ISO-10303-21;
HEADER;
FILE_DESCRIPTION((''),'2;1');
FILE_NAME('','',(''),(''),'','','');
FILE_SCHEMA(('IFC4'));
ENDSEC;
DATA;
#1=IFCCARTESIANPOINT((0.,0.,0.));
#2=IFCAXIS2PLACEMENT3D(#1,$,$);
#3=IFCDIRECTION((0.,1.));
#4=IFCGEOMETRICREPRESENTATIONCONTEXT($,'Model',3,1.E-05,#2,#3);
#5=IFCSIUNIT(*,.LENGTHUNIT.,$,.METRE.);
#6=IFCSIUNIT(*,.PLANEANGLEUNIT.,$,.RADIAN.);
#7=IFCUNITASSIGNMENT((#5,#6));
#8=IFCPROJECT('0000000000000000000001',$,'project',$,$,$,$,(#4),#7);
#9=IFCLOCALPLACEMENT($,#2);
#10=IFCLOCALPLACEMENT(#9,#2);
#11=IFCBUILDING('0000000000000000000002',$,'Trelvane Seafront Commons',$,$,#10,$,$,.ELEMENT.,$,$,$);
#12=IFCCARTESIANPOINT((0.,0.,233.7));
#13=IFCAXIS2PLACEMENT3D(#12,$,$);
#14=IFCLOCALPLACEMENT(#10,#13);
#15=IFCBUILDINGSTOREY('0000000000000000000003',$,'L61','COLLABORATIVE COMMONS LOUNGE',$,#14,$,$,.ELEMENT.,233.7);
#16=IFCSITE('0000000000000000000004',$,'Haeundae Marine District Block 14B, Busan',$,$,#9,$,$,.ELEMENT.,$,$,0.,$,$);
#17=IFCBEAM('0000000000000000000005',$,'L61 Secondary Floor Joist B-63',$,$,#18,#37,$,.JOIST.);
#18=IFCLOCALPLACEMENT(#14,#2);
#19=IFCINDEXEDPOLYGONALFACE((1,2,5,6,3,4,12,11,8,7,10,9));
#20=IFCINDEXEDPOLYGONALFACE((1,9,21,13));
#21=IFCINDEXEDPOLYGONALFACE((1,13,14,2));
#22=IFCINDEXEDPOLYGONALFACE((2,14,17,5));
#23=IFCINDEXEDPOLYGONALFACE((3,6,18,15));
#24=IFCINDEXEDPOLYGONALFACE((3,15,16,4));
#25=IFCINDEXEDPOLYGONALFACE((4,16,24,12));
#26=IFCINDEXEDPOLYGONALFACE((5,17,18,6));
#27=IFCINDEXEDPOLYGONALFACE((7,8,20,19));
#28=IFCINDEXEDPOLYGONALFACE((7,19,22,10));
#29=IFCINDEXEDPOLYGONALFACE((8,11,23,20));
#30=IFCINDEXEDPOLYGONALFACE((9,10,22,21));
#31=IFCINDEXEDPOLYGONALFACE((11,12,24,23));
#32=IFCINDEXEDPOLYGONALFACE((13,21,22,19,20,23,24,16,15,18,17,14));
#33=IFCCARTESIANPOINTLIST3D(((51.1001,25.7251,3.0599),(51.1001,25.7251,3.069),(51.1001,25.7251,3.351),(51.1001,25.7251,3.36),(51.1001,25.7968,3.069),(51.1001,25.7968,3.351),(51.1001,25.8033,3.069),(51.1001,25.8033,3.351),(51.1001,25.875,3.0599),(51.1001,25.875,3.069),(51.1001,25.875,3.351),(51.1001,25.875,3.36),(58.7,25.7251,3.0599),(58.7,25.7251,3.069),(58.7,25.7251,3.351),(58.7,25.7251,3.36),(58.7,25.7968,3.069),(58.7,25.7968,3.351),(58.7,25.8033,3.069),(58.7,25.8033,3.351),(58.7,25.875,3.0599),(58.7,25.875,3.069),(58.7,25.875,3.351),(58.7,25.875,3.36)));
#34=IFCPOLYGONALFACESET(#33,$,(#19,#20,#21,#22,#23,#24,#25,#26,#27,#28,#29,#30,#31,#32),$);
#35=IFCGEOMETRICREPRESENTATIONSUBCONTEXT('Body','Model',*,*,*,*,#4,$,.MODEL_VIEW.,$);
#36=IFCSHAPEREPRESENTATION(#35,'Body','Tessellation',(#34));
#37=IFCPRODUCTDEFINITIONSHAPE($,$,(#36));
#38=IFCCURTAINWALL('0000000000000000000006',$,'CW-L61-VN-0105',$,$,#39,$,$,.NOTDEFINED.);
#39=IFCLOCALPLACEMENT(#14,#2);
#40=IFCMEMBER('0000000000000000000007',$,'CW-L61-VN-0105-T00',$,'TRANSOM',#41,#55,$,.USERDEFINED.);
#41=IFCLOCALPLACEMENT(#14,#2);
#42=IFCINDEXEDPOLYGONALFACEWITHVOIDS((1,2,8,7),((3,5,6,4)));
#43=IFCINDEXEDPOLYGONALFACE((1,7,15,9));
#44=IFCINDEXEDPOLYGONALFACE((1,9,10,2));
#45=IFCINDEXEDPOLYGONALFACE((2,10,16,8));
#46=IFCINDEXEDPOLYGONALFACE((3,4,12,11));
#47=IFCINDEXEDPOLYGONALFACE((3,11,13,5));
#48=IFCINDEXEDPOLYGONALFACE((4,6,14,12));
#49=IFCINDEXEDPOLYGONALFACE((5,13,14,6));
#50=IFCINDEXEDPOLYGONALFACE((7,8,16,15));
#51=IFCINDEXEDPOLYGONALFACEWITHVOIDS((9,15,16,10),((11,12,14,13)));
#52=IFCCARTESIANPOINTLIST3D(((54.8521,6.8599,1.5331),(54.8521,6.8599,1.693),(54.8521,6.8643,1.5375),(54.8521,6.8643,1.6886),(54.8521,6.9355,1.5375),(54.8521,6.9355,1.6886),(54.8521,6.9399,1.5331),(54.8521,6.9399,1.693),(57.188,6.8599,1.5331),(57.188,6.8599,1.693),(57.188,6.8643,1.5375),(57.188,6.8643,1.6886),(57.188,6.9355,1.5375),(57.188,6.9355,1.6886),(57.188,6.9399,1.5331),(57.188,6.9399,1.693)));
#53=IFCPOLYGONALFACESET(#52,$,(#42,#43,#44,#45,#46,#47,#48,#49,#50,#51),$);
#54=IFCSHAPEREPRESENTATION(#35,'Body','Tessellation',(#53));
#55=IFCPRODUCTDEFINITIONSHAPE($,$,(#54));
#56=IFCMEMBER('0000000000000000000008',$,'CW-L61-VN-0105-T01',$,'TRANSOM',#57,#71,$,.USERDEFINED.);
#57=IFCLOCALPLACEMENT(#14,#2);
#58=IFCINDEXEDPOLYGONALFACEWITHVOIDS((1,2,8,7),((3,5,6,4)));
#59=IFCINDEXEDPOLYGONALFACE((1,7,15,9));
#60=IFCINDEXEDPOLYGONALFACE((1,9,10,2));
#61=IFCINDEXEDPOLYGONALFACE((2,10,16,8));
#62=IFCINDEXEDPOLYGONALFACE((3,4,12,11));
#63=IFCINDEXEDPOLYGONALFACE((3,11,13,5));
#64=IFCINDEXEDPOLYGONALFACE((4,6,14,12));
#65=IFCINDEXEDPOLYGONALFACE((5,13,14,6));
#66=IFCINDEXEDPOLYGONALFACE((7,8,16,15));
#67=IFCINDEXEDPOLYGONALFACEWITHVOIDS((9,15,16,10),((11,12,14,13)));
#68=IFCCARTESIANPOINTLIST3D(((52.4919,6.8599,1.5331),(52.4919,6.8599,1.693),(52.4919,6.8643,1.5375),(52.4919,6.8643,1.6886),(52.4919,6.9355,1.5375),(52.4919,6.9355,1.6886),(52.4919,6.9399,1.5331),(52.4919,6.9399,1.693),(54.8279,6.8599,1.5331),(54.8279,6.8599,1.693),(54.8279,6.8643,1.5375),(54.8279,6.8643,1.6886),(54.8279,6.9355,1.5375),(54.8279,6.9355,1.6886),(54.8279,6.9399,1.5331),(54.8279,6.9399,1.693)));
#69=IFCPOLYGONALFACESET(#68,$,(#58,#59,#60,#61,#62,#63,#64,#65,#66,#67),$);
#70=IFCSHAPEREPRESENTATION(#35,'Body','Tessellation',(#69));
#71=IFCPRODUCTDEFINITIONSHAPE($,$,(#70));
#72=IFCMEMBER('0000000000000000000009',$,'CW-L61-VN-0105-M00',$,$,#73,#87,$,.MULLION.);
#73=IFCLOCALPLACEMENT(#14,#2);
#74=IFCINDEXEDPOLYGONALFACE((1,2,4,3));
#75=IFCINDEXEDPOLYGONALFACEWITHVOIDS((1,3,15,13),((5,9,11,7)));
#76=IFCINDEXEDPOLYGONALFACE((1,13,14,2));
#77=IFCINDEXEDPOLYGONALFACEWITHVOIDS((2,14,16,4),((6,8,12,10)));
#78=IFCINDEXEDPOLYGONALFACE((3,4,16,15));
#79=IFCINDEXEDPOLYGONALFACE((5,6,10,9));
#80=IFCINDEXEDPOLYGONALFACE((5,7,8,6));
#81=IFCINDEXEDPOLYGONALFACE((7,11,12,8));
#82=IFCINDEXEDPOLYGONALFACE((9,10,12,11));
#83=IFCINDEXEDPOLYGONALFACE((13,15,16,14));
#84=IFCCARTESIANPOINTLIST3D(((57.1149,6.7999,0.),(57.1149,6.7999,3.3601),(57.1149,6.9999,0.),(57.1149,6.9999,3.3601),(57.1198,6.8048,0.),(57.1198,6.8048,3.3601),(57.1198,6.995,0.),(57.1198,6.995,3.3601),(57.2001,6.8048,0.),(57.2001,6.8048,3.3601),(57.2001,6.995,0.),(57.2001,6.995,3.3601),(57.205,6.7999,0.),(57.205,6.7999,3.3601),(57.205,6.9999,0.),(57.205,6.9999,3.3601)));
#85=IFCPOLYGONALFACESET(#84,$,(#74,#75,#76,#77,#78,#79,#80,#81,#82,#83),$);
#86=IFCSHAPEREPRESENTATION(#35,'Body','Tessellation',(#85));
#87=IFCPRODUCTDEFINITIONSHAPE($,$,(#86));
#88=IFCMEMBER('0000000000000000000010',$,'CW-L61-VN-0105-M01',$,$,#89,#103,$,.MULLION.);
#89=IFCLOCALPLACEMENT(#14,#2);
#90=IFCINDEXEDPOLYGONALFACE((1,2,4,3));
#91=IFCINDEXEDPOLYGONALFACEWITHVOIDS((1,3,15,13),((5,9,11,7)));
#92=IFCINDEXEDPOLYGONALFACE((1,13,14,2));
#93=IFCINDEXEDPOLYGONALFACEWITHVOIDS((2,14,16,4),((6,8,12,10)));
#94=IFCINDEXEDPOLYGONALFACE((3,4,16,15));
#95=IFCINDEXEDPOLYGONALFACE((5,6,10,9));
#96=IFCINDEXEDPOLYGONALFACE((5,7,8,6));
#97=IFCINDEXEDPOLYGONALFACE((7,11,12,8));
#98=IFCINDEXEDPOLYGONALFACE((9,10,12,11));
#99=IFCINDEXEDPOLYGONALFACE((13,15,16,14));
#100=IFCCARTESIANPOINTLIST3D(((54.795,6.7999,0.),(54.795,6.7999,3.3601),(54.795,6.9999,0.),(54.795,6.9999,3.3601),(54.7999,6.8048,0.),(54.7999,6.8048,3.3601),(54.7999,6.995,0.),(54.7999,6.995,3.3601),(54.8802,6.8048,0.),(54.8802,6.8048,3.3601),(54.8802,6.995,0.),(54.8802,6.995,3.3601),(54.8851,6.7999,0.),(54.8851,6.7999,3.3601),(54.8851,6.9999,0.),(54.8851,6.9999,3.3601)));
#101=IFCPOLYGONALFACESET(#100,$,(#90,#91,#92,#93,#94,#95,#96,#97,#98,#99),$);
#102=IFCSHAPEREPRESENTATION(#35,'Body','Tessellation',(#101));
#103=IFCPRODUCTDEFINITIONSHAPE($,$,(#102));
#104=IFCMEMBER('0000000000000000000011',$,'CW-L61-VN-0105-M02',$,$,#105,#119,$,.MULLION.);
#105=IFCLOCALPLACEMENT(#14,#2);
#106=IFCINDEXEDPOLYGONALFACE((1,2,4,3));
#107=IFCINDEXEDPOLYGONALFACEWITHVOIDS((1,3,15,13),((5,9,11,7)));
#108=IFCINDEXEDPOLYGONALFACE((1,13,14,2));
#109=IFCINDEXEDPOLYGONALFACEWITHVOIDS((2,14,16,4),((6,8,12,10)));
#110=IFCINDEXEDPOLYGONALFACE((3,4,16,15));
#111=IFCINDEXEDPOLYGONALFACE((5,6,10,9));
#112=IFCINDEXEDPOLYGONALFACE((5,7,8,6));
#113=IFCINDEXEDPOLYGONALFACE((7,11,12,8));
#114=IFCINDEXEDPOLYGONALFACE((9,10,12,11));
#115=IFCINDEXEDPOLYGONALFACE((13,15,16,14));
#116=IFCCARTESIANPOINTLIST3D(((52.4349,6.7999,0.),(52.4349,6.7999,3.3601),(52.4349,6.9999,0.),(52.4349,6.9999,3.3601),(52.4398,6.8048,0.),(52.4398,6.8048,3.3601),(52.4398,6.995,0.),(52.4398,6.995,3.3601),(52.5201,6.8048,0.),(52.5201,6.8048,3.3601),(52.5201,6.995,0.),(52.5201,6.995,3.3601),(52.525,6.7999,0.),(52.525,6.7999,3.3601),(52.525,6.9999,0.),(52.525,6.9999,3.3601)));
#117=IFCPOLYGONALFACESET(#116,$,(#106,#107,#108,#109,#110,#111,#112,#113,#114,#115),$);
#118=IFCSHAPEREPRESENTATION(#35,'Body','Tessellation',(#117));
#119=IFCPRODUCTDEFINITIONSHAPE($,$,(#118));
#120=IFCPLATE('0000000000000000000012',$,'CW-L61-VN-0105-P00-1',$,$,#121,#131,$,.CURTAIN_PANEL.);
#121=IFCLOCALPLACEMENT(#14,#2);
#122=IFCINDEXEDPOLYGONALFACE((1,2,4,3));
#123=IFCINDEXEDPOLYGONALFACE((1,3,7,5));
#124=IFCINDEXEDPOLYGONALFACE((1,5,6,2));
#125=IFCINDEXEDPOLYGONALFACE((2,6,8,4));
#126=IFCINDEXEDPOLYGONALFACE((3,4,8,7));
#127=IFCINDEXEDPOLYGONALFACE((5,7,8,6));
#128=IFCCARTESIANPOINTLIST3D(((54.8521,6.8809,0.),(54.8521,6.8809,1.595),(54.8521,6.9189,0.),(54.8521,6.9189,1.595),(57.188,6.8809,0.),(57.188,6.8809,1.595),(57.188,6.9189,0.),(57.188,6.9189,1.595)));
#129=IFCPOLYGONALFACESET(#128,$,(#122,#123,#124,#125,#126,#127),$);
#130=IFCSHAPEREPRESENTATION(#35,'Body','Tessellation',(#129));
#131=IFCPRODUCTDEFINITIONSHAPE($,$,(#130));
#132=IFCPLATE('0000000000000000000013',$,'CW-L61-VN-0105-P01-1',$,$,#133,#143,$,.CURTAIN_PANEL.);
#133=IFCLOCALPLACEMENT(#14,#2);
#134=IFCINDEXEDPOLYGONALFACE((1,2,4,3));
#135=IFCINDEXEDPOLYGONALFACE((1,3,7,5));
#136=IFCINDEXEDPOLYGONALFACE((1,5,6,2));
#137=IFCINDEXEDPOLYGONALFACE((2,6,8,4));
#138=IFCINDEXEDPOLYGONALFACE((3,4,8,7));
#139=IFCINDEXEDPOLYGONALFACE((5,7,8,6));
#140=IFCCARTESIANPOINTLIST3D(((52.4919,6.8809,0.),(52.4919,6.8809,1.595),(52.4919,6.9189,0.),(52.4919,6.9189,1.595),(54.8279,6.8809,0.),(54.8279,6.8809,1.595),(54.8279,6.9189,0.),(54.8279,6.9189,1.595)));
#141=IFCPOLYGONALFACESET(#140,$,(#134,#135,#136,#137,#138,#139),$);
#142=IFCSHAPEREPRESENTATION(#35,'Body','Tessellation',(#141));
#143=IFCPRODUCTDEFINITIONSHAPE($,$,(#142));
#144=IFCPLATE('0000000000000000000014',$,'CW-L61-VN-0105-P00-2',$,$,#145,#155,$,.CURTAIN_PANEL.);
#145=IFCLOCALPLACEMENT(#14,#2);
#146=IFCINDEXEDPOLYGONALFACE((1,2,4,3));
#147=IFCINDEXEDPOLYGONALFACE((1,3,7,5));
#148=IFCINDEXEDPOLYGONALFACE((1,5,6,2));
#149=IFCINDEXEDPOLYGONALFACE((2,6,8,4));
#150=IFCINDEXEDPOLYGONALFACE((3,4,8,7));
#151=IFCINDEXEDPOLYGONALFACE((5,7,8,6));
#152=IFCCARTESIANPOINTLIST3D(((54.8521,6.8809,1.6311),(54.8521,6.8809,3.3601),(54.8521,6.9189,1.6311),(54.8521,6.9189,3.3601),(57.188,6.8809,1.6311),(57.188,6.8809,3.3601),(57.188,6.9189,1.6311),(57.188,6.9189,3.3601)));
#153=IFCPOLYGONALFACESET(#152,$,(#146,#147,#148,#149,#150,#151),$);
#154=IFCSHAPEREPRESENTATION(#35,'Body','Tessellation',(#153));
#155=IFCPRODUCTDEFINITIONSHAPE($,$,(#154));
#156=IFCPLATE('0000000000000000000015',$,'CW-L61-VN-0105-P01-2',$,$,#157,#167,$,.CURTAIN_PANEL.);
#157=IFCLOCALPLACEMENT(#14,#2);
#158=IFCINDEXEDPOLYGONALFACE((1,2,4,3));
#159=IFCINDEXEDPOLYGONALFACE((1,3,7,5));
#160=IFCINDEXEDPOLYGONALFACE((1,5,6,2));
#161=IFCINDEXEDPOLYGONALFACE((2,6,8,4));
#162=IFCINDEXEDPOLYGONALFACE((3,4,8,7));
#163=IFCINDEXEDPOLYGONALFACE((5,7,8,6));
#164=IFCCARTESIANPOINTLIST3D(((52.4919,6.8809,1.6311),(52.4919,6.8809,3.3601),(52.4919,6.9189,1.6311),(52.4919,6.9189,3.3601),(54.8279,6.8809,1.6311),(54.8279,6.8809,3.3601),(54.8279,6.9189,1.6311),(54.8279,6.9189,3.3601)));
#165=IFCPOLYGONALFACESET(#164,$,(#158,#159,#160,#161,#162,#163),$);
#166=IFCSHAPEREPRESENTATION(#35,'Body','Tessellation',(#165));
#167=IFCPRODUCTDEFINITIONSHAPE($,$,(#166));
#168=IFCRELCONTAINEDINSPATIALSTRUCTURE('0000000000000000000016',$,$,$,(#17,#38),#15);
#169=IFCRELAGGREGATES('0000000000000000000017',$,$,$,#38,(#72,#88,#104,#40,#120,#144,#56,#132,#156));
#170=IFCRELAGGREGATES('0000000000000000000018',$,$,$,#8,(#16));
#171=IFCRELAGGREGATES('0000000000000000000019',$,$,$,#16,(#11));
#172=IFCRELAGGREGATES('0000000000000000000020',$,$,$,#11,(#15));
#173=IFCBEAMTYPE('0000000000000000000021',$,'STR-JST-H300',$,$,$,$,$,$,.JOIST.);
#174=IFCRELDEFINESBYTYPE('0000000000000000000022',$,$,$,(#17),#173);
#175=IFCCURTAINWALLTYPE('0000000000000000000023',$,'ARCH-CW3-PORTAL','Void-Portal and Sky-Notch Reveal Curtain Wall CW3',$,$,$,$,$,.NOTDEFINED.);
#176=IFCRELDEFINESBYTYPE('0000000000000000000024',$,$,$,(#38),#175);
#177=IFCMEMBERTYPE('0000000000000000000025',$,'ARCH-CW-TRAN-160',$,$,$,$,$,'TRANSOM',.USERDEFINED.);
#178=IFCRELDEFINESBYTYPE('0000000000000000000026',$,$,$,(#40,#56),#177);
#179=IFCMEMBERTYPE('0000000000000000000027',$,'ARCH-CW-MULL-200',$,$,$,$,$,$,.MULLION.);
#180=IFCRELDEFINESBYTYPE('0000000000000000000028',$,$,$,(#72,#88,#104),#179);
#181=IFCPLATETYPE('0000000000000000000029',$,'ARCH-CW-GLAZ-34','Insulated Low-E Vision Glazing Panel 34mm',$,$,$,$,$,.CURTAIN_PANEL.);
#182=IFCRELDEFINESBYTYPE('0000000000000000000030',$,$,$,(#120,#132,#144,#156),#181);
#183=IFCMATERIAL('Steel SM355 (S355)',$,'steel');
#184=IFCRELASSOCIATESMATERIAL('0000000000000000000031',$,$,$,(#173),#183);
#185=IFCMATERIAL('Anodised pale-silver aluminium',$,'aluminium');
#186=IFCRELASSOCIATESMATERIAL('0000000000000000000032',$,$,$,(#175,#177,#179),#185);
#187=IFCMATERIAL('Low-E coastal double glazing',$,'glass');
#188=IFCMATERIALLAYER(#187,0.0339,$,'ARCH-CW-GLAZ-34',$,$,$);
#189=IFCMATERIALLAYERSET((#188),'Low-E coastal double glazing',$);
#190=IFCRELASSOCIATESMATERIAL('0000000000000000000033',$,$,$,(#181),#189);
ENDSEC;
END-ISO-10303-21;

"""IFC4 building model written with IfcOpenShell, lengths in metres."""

from ifc_helpers import new_model, si_unit, direction, frame, origin, origin_2d, place, context, subcontext, project, spatial, rectangle, hollow_rectangle, i_section, extrude, source, transform, mapped, material, layer, layer_set, material_profile, profile_set, type_object, element, aggregate, save


model = new_model("IFC4")

# Units and contexts
model_context = context("Model", 3, precision=1e-05, world=origin(), true_north=direction((0.0, 1.0)))
body_context = subcontext(model_context, "Body", "Model", "MODEL_VIEW")
ifc_project = project(units=[si_unit("LENGTHUNIT", "METRE"), si_unit("PLANEANGLEUNIT", "RADIAN")], contexts=[model_context])

# Site, building, storey
site_placement = place(None, origin())
site = spatial("IfcSite", under=ifc_project, at=site_placement, Name="Haeundae Marine District Block 14B, Busan", CompositionType="ELEMENT", RefElevation=0.0)
building_placement = place(site_placement, origin())
building = spatial("IfcBuilding", under=site, at=building_placement, Name="Trelvane Seafront Commons", CompositionType="ELEMENT")
storey_placement = place(building_placement, frame((0.0, 0.0, 233.7)))
storey = spatial("IfcBuildingStorey", under=building, at=storey_placement, Name="L61", Description="COLLABORATIVE COMMONS LOUNGE", CompositionType="ELEMENT", Elevation=233.7)

# Shared definitions
ifc_material_1 = material(Name="Steel SM355 (S355)", Category="steel")

# Beam
ifc_material_profile_1 = material_profile(ifc_material_1, i_section(OverallWidth=0.1499, OverallDepth=0.3, WebThickness=0.0066, FlangeThickness=0.009, at=origin_2d()), Name="H-300x150x6.5x9")
ifc_profile_set_1 = profile_set([ifc_material_profile_1], Name="Steel SM355 (S355)")
beam_type_1 = type_object("IfcBeamType", Name="STR-JST-H300", PredefinedType="JOIST", material=ifc_profile_set_1)
shared_shape_1 = source(origin(), body_context, "Body", "SweptSolid", [
    extrude(i_section(OverallWidth=0.1499, OverallDepth=0.3, WebThickness=0.0066, FlangeThickness=0.009, at=origin_2d()), origin(), (0.0, 0.0, 1.0), 7.5999),
])
beam_1_placement = place(storey_placement, frame((51.1001, 25.8, 3.21), z_axis=(1.0, 0.0, 0.0), x_axis=(0.0, 1.0, 0.0)))
element("IfcBeam", 1, at=beam_1_placement, inside=storey, type_object=beam_type_1, Name="L61 Secondary Floor Joist B-63", PredefinedType="JOIST", context=body_context, shape_type="MappedRepresentation", body=[
    mapped(shared_shape_1, transform((0.0, 0.0, 0.0), x_axis=(1.0, 0.0, 0.0), y_axis=(0.0, 1.0, 0.0), z_axis=(0.0, 0.0, 1.0), scale=1.0)),
])

# Curtain wall, members, plates
ifc_material_2 = material(Name="Anodised pale-silver aluminium", Category="aluminium")
curtain_wall_type = type_object("IfcCurtainWallType", Name="ARCH-CW3-PORTAL", Description="Void-Portal and Sky-Notch Reveal Curtain Wall CW3", PredefinedType="NOTDEFINED", material=ifc_material_2)
curtain_wall_placement = place(storey_placement, origin())
curtain_wall = element("IfcCurtainWall", 2, at=curtain_wall_placement, inside=storey, type_object=curtain_wall_type, Name="CW-L61-VN-0105", PredefinedType="NOTDEFINED")
ifc_material_profile_2 = material_profile(ifc_material_2, hollow_rectangle(XDim=0.0801, YDim=0.1599, WallThickness=0.0044, at=origin_2d()), Name="TRAN-80x160x4.5")
ifc_profile_set_2 = profile_set([ifc_material_profile_2], Name="Anodised pale-silver aluminium")
member_type_1 = type_object("IfcMemberType", Name="ARCH-CW-TRAN-160", ElementType="TRANSOM", PredefinedType="USERDEFINED", material=ifc_profile_set_2)
shared_shape_2 = source(origin(), body_context, "Body", "SweptSolid", [
    extrude(hollow_rectangle(XDim=0.0801, YDim=0.1599, WallThickness=0.0044, at=origin_2d()), origin(), (0.0, 0.0, 1.0), 2.3359),
])
member_1_placement = place(storey_placement, frame((57.188, 6.8999, 1.613), z_axis=(-1.0, 0.0, 0.0), x_axis=(0.0, -1.0, 0.0)))
member_1 = element("IfcMember", 3, at=member_1_placement, type_object=member_type_1, Name="CW-L61-VN-0105-T00", ObjectType="TRANSOM", PredefinedType="USERDEFINED", context=body_context, shape_type="MappedRepresentation", body=[
    mapped(shared_shape_2, transform((0.0, 0.0, 0.0), x_axis=(1.0, 0.0, 0.0), y_axis=(0.0, 1.0, 0.0), z_axis=(0.0, 0.0, 1.0), scale=1.0)),
])
member_2_placement = place(storey_placement, frame((54.8279, 6.8999, 1.613), z_axis=(-1.0, 0.0, 0.0), x_axis=(0.0, -1.0, 0.0)))
member_2 = element("IfcMember", 4, at=member_2_placement, type_object=member_type_1, Name="CW-L61-VN-0105-T01", ObjectType="TRANSOM", PredefinedType="USERDEFINED", context=body_context, shape_type="MappedRepresentation", body=[
    mapped(shared_shape_2, transform((0.0, 0.0, 0.0), x_axis=(1.0, 0.0, 0.0), y_axis=(0.0, 1.0, 0.0), z_axis=(0.0, 0.0, 1.0), scale=1.0)),
])
ifc_material_profile_3 = material_profile(ifc_material_2, hollow_rectangle(XDim=0.0901, YDim=0.2, WallThickness=0.0049, at=origin_2d()), Name="MULL-90x200x5")
ifc_profile_set_3 = profile_set([ifc_material_profile_3], Name="Anodised pale-silver aluminium")
member_type_2 = type_object("IfcMemberType", Name="ARCH-CW-MULL-200", PredefinedType="MULLION", material=ifc_profile_set_3)
shared_shape_3 = source(origin(), body_context, "Body", "SweptSolid", [
    extrude(hollow_rectangle(XDim=0.0901, YDim=0.2, WallThickness=0.0049, at=origin_2d()), origin(), (0.0, 0.0, 1.0), 3.3601),
])
member_3_placement = place(storey_placement, frame((57.1599, 6.8999, 0.0), z_axis=(0.0, 0.0, 1.0), x_axis=(1.0, 0.0, 0.0)))
member_3 = element("IfcMember", 5, at=member_3_placement, type_object=member_type_2, Name="CW-L61-VN-0105-M00", PredefinedType="MULLION", context=body_context, shape_type="MappedRepresentation", body=[
    mapped(shared_shape_3, transform((0.0, 0.0, 0.0), x_axis=(1.0, 0.0, 0.0), y_axis=(0.0, 1.0, 0.0), z_axis=(0.0, 0.0, 1.0), scale=1.0)),
])
member_4_placement = place(storey_placement, frame((54.8401, 6.8999, 0.0), z_axis=(0.0, 0.0, 1.0), x_axis=(1.0, 0.0, 0.0)))
member_4 = element("IfcMember", 6, at=member_4_placement, type_object=member_type_2, Name="CW-L61-VN-0105-M01", PredefinedType="MULLION", context=body_context, shape_type="MappedRepresentation", body=[
    mapped(shared_shape_3, transform((0.0, 0.0, 0.0), x_axis=(1.0, 0.0, 0.0), y_axis=(0.0, 1.0, 0.0), z_axis=(0.0, 0.0, 1.0), scale=1.0)),
])
member_5_placement = place(storey_placement, frame((52.48, 6.8999, 0.0), z_axis=(0.0, 0.0, 1.0), x_axis=(1.0, 0.0, 0.0)))
member_5 = element("IfcMember", 7, at=member_5_placement, type_object=member_type_2, Name="CW-L61-VN-0105-M02", PredefinedType="MULLION", context=body_context, shape_type="MappedRepresentation", body=[
    mapped(shared_shape_3, transform((0.0, 0.0, 0.0), x_axis=(1.0, 0.0, 0.0), y_axis=(0.0, 1.0, 0.0), z_axis=(0.0, 0.0, 1.0), scale=1.0)),
])
ifc_material_3 = material(Name="Low-E coastal double glazing", Category="glass")
ifc_layer_1 = layer(ifc_material_3, 0.0339, Name="ARCH-CW-GLAZ-34")
ifc_layer_set_1 = layer_set([ifc_layer_1], Name="Low-E coastal double glazing")
plate_type = type_object("IfcPlateType", Name="ARCH-CW-GLAZ-34", Description="Insulated Low-E Vision Glazing Panel 34mm", PredefinedType="CURTAIN_PANEL", material=ifc_layer_set_1)
shared_shape_4 = source(origin(), body_context, "Body", "SweptSolid", [
    extrude(rectangle(XDim=2.3359, YDim=0.0381, at=origin_2d()), origin(), (0.0, 0.0, 1.0), 1.595),
])
plate_1_placement = place(storey_placement, frame((56.02, 6.8999, 0.0), z_axis=(0.0, 0.0, 1.0), x_axis=(-1.0, 0.0, 0.0)))
plate_1 = element("IfcPlate", 8, at=plate_1_placement, type_object=plate_type, Name="CW-L61-VN-0105-P00-1", PredefinedType="CURTAIN_PANEL", context=body_context, shape_type="MappedRepresentation", body=[
    mapped(shared_shape_4, transform((0.0, 0.0, 0.0), x_axis=(1.0, 0.0, 0.0), y_axis=(0.0, 1.0, 0.0), z_axis=(0.0, 0.0, 1.0), scale=1.0)),
])
plate_2_placement = place(storey_placement, frame((53.6599, 6.8999, 0.0), z_axis=(0.0, 0.0, 1.0), x_axis=(-1.0, 0.0, 0.0)))
plate_2 = element("IfcPlate", 9, at=plate_2_placement, type_object=plate_type, Name="CW-L61-VN-0105-P01-1", PredefinedType="CURTAIN_PANEL", context=body_context, shape_type="MappedRepresentation", body=[
    mapped(shared_shape_4, transform((0.0, 0.0, 0.0), x_axis=(1.0, 0.0, 0.0), y_axis=(0.0, 1.0, 0.0), z_axis=(0.0, 0.0, 1.0), scale=1.0)),
])
shared_shape_5 = source(origin(), body_context, "Body", "SweptSolid", [
    extrude(rectangle(XDim=2.3359, YDim=0.0381, at=origin_2d()), origin(), (0.0, 0.0, 1.0), 1.729),
])
plate_3_placement = place(storey_placement, frame((56.02, 6.8999, 1.6311), z_axis=(0.0, 0.0, 1.0), x_axis=(-1.0, 0.0, 0.0)))
plate_3 = element("IfcPlate", 10, at=plate_3_placement, type_object=plate_type, Name="CW-L61-VN-0105-P00-2", PredefinedType="CURTAIN_PANEL", context=body_context, shape_type="MappedRepresentation", body=[
    mapped(shared_shape_5, transform((0.0, 0.0, 0.0), x_axis=(1.0, 0.0, 0.0), y_axis=(0.0, 1.0, 0.0), z_axis=(0.0, 0.0, 1.0), scale=1.0)),
])
plate_4_placement = place(storey_placement, frame((53.6599, 6.8999, 1.6311), z_axis=(0.0, 0.0, 1.0), x_axis=(-1.0, 0.0, 0.0)))
plate_4 = element("IfcPlate", 11, at=plate_4_placement, type_object=plate_type, Name="CW-L61-VN-0105-P01-2", PredefinedType="CURTAIN_PANEL", context=body_context, shape_type="MappedRepresentation", body=[
    mapped(shared_shape_5, transform((0.0, 0.0, 0.0), x_axis=(1.0, 0.0, 0.0), y_axis=(0.0, 1.0, 0.0), z_axis=(0.0, 0.0, 1.0), scale=1.0)),
])
aggregate(curtain_wall, [member_3, member_4, member_5, member_1, plate_1, plate_3, member_2, plate_2, plate_4])

save(model, "model.ifc")
